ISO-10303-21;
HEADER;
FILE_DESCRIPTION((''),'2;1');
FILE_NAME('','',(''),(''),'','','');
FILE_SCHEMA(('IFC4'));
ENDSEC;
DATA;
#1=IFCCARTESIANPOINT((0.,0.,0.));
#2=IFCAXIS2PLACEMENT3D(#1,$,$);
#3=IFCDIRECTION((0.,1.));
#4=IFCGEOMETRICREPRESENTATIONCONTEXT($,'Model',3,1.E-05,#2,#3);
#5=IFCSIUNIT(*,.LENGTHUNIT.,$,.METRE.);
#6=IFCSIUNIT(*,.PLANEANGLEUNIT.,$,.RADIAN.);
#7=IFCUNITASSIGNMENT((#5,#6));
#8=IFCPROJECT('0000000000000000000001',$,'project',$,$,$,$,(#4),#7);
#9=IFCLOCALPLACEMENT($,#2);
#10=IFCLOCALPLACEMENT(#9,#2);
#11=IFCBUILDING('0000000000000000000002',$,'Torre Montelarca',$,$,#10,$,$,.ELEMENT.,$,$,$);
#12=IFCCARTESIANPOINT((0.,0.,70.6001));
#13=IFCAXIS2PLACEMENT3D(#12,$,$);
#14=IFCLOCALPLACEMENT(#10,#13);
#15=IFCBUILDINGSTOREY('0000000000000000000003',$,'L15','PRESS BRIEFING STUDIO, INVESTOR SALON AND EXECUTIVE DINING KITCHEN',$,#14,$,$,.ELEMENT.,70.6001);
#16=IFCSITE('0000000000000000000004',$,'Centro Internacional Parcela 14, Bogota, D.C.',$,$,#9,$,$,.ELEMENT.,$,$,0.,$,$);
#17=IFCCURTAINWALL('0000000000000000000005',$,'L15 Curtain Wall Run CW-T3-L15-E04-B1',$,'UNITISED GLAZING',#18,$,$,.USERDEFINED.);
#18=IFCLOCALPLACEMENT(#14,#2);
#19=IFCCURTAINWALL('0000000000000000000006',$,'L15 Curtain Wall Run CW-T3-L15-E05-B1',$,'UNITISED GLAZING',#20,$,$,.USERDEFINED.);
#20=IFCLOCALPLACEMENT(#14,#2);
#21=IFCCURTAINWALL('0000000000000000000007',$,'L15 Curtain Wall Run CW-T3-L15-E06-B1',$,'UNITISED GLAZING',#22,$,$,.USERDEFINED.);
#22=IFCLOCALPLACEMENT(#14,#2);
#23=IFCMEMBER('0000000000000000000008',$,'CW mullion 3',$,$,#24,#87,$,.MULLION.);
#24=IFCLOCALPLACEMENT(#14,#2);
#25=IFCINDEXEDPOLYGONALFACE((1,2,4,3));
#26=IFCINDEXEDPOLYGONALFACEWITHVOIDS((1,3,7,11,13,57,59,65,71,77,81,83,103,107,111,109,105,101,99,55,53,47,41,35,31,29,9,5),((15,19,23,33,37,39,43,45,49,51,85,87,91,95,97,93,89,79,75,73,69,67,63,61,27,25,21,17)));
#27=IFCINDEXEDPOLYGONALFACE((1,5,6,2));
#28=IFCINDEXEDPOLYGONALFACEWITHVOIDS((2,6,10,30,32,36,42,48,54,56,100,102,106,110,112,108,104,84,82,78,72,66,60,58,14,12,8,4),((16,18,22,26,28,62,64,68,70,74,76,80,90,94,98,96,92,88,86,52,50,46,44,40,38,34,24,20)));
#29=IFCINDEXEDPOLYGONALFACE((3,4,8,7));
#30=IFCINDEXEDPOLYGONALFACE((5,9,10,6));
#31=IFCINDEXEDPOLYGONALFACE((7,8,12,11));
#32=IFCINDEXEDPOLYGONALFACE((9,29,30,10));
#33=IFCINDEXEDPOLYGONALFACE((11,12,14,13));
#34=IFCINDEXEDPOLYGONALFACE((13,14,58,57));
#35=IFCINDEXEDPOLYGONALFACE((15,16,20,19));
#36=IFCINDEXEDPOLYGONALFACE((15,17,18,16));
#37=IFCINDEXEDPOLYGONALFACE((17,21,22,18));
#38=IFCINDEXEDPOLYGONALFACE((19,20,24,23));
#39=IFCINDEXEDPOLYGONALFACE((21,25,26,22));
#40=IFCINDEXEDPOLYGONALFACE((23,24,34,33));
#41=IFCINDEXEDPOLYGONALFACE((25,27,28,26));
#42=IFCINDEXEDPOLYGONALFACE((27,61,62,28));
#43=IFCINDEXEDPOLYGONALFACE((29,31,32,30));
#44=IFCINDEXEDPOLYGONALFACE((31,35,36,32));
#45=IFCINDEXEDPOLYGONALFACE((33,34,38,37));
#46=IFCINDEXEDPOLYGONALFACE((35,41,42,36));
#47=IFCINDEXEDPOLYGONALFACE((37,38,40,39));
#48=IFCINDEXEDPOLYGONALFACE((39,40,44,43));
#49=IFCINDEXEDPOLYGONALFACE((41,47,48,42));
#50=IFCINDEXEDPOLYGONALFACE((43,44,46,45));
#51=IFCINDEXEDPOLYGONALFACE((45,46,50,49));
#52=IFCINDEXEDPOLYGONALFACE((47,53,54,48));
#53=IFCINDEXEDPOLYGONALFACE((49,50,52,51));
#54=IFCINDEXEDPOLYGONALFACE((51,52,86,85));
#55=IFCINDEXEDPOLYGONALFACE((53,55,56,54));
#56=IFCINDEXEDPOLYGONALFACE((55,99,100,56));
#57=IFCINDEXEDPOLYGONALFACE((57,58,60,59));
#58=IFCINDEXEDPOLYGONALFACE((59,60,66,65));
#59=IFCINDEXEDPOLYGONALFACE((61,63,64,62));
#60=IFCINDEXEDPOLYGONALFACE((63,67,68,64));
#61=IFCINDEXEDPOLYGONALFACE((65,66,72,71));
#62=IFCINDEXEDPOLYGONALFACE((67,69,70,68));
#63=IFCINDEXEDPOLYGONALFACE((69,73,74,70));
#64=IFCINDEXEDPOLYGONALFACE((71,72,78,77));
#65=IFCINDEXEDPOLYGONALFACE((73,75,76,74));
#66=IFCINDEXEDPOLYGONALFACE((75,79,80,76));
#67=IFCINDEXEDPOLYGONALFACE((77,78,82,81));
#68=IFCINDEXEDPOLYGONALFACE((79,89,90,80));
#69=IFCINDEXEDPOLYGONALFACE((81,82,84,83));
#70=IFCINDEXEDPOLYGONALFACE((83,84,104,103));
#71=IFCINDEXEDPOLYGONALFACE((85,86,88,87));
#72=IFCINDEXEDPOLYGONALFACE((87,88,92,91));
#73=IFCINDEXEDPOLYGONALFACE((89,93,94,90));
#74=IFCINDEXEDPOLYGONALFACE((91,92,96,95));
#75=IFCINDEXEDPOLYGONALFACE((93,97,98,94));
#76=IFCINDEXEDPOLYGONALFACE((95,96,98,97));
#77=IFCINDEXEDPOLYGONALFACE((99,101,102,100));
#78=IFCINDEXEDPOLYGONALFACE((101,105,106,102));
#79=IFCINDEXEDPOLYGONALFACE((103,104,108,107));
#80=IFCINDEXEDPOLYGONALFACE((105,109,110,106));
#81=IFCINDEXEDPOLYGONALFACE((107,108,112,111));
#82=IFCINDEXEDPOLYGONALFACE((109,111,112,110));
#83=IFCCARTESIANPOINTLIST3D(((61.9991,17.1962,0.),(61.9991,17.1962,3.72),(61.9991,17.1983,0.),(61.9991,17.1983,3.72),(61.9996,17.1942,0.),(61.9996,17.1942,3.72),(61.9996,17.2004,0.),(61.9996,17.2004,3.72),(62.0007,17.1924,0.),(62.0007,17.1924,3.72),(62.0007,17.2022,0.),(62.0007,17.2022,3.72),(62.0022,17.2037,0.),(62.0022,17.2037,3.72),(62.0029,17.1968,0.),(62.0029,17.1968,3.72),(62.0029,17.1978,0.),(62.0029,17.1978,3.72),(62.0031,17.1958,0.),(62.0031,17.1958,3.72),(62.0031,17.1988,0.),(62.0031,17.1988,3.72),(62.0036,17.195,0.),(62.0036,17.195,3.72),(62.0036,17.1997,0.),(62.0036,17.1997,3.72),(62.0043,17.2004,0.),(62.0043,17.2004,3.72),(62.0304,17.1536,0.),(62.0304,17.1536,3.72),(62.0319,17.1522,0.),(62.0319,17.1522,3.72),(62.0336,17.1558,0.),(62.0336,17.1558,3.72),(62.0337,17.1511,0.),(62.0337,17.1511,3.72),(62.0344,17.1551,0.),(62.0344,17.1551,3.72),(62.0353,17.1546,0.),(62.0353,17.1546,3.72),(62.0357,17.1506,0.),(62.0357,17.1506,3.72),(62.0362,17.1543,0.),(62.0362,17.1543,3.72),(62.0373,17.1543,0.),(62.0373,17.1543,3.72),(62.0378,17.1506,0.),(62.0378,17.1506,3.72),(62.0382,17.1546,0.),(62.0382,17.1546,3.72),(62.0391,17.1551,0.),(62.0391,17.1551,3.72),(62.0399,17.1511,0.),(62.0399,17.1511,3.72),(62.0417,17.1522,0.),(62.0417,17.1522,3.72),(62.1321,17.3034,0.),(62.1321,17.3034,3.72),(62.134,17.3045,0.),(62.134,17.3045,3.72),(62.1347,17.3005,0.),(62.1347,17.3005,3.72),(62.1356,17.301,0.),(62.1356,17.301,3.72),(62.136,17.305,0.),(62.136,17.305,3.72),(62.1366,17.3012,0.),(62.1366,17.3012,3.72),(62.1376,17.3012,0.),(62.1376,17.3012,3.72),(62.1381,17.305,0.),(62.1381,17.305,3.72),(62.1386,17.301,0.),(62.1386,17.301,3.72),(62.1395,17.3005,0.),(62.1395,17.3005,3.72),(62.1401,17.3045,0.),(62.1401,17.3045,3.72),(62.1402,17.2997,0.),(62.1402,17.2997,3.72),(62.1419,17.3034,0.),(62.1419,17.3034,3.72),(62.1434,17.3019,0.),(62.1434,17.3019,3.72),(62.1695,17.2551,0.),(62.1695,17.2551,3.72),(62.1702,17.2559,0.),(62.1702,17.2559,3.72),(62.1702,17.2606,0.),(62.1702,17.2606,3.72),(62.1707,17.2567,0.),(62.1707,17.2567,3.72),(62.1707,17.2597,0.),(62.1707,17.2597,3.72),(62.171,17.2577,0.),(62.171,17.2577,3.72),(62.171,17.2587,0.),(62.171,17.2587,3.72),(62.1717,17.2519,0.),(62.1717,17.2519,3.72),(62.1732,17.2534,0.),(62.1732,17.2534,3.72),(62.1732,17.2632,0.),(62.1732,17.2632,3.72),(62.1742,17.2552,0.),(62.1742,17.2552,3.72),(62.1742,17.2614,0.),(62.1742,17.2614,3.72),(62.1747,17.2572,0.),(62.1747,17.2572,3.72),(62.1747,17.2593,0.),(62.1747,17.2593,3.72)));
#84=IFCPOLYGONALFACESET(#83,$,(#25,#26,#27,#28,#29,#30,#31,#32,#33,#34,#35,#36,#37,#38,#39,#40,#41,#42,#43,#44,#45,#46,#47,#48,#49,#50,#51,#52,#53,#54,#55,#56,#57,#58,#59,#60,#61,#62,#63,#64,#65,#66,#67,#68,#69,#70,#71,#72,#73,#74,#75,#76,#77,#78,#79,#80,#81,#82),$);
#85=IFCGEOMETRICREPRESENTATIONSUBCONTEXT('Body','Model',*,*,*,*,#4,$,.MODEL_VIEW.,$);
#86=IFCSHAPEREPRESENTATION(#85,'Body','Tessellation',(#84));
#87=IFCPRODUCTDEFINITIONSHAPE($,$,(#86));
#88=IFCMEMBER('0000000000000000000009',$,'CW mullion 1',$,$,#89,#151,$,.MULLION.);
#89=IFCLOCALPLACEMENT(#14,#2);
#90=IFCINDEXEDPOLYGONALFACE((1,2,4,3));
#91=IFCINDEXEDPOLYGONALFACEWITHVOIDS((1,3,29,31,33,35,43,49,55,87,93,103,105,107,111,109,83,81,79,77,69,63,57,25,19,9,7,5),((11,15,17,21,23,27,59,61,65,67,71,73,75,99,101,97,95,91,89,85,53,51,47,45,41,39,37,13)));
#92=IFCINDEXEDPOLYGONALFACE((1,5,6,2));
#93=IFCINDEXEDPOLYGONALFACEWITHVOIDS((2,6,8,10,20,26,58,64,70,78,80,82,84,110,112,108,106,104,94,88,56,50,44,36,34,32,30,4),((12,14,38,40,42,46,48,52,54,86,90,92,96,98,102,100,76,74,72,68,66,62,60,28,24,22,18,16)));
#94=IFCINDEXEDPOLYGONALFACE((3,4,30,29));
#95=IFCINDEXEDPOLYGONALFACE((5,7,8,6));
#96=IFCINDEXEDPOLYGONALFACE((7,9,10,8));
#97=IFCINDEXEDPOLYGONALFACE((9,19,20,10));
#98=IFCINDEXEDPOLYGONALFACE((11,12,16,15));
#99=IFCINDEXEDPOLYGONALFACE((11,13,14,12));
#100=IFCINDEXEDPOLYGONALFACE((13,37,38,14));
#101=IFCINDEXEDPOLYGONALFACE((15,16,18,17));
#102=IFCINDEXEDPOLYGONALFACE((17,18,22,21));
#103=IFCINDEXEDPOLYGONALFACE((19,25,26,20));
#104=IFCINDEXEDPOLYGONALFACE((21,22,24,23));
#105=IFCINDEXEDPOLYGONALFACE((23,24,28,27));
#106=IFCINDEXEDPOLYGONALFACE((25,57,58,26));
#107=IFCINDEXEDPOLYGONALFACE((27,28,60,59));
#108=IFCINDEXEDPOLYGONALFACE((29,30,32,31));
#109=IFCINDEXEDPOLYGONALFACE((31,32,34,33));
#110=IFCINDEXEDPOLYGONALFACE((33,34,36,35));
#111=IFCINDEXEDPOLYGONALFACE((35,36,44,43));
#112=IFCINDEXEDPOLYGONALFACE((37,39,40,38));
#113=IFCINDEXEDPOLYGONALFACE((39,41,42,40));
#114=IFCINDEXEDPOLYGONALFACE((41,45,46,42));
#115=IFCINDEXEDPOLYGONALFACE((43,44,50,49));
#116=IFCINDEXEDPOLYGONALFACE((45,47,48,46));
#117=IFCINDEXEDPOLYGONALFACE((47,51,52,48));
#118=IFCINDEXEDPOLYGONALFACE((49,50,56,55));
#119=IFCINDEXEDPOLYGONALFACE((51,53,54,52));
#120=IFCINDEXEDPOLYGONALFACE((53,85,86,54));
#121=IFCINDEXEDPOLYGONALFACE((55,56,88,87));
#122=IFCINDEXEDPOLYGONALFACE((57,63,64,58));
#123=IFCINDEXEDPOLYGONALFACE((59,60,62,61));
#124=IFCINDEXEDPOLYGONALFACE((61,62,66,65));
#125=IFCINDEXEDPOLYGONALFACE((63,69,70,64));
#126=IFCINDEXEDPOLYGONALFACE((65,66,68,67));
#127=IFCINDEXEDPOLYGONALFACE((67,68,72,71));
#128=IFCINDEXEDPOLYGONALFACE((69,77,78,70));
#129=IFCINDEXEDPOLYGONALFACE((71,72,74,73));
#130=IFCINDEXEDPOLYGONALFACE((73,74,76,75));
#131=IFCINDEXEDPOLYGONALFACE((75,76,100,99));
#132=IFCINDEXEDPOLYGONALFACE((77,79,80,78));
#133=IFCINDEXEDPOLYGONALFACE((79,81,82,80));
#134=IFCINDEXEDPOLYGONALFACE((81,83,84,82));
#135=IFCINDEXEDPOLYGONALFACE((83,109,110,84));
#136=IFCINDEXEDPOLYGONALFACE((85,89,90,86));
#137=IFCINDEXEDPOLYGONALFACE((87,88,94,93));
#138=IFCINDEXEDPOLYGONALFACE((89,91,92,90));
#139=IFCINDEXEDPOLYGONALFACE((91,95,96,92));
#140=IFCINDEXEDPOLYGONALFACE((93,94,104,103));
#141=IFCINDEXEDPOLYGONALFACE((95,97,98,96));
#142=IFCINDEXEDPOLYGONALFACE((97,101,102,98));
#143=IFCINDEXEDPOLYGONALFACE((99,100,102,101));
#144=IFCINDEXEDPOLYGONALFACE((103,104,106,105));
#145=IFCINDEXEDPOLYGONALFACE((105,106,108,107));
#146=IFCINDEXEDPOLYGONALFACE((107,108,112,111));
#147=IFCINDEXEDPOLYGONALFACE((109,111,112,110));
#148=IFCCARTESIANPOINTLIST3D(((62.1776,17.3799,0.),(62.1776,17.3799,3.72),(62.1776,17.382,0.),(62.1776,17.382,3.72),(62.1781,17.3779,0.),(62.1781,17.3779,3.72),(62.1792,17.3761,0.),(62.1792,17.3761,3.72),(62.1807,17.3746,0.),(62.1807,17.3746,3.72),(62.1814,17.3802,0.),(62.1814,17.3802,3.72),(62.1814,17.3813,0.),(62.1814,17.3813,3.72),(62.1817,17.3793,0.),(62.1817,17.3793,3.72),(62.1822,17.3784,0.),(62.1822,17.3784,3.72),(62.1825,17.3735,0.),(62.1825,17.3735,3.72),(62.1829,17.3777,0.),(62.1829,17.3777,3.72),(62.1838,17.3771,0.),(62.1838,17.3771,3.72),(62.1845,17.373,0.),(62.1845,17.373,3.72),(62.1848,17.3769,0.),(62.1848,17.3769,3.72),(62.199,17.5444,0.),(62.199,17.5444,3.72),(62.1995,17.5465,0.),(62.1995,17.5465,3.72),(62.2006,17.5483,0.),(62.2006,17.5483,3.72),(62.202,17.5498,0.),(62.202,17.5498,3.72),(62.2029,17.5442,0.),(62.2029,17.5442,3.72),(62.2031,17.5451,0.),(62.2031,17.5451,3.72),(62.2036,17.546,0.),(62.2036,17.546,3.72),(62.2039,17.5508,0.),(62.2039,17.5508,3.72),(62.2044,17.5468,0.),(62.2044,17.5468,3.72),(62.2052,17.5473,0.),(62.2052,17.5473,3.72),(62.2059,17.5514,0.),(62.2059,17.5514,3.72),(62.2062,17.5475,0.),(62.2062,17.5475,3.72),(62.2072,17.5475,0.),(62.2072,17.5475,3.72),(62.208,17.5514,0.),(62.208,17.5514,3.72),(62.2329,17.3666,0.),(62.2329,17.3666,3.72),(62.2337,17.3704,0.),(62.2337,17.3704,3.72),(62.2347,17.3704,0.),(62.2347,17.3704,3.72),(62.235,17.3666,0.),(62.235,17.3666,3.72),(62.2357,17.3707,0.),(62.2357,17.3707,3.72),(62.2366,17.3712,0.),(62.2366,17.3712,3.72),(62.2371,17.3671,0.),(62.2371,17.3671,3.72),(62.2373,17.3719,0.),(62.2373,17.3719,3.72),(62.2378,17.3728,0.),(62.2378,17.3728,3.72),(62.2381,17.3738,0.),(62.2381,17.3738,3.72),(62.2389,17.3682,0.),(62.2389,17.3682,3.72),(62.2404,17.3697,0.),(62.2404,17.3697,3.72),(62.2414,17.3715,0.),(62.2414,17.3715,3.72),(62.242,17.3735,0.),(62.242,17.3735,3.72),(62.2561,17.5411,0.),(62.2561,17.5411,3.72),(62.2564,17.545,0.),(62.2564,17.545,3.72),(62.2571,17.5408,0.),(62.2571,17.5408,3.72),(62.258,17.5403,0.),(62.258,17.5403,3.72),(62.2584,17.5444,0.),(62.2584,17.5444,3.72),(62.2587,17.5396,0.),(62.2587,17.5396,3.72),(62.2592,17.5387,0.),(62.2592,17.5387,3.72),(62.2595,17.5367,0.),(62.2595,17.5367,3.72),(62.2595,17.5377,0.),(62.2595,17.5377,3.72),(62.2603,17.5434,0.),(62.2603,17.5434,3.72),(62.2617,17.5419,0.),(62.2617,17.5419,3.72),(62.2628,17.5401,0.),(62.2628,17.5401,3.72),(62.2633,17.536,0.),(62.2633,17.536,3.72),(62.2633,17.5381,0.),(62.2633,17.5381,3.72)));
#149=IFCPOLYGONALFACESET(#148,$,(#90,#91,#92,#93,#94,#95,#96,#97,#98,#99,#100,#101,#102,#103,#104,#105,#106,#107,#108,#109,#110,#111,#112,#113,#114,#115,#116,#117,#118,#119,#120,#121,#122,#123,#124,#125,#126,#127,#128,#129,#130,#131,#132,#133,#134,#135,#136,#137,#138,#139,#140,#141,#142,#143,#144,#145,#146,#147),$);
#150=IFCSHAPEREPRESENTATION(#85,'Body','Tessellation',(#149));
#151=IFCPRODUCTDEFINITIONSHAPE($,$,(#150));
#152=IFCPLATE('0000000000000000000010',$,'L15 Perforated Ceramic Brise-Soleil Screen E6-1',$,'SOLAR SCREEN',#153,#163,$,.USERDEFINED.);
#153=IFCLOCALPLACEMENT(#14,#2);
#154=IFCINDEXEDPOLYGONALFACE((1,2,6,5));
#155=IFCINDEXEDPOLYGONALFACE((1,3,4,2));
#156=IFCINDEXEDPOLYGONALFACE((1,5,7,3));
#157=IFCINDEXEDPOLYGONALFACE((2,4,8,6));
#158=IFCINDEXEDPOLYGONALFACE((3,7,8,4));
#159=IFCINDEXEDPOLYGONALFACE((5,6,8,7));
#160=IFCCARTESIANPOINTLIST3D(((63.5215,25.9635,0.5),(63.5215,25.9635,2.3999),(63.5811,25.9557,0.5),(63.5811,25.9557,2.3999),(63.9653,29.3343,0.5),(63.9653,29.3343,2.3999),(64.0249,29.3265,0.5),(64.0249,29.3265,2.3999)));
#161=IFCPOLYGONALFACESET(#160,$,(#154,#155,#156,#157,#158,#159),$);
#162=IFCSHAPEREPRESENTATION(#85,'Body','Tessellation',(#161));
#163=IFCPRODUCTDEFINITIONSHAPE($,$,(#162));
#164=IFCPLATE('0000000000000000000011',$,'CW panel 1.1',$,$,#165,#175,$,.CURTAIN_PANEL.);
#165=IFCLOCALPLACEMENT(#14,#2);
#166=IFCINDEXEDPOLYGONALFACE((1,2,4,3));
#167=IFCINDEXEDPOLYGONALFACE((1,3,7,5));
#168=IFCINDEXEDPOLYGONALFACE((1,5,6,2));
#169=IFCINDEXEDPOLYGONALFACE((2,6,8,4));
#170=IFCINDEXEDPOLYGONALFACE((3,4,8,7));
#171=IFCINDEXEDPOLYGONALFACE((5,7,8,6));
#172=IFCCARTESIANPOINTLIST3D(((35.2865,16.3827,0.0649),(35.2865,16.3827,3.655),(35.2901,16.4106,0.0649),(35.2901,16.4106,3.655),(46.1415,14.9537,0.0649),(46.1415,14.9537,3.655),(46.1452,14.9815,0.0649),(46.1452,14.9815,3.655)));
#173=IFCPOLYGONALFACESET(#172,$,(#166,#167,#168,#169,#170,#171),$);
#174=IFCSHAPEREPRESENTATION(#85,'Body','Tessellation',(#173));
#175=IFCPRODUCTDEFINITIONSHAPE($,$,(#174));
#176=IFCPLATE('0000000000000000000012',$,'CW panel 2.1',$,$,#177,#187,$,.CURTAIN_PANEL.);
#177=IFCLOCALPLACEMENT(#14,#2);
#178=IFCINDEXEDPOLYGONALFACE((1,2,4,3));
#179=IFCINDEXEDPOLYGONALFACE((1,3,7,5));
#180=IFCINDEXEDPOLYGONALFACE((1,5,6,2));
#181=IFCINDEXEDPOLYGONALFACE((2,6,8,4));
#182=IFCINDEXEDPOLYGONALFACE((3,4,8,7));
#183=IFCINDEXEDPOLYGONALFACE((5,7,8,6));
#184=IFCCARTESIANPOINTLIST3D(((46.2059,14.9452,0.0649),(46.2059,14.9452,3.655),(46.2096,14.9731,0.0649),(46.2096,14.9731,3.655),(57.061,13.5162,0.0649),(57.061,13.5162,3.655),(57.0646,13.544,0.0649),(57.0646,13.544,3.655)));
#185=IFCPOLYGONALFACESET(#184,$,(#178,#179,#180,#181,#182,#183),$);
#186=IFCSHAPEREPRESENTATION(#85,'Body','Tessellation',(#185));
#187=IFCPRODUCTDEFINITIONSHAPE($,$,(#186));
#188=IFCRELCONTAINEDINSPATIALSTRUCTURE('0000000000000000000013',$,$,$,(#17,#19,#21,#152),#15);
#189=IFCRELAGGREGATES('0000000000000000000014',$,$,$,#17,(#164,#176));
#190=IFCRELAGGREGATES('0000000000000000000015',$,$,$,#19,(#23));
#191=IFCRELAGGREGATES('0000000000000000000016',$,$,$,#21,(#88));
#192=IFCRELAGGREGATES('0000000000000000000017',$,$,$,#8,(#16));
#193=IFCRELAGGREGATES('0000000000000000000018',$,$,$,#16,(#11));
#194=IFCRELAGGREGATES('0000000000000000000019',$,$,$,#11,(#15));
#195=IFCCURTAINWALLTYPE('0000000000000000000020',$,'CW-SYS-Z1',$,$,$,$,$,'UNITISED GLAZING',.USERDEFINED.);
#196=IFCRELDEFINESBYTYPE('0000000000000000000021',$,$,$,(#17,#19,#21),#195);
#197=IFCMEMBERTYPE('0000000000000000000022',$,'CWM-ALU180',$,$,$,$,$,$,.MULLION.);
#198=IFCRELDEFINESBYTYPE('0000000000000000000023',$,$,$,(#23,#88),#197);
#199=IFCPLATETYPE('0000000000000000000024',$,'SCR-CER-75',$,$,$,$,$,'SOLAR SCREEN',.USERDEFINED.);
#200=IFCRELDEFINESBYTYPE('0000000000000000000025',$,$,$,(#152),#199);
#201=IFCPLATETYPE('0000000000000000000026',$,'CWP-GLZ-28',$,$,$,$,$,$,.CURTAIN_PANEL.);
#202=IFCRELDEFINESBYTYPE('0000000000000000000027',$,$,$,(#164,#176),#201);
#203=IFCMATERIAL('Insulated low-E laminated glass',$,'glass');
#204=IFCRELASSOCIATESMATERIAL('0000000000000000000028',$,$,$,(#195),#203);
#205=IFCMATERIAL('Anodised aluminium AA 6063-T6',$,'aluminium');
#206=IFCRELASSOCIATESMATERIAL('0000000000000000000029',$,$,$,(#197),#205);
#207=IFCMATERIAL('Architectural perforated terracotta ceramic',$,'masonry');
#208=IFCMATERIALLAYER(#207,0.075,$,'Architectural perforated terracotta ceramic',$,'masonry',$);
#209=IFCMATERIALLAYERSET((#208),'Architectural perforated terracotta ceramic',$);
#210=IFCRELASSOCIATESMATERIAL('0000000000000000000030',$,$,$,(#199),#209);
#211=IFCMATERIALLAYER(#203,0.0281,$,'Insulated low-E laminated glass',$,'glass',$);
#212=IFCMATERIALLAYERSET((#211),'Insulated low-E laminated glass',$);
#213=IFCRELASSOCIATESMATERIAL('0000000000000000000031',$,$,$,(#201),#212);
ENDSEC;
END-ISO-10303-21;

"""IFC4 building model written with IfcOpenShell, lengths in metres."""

from ifc_helpers import new_model, si_unit, direction, frame, origin, origin_2d, place, context, subcontext, project, spatial, rectangle, hollow_rectangle, extrude, source, transform, mapped, material, layer, layer_set, material_profile, profile_set, type_object, element, aggregate, save


model = new_model("IFC4")

# Units and contexts
model_context = context("Model", 3, precision=1e-05, world=origin(), true_north=direction((0.0, 1.0)))
body_context = subcontext(model_context, "Body", "Model", "MODEL_VIEW")
ifc_project = project(units=[si_unit("LENGTHUNIT", "METRE"), si_unit("PLANEANGLEUNIT", "RADIAN")], contexts=[model_context])

# Site, building, storey
site_placement = place(None, origin())
site = spatial("IfcSite", under=ifc_project, at=site_placement, Name="Centro Internacional Parcela 14, Bogota, D.C.", CompositionType="ELEMENT", RefElevation=0.0)
building_placement = place(site_placement, origin())
building = spatial("IfcBuilding", under=site, at=building_placement, Name="Torre Montelarca", CompositionType="ELEMENT")
storey_placement = place(building_placement, frame((0.0, 0.0, 70.6001)))
storey = spatial("IfcBuildingStorey", under=building, at=storey_placement, Name="L15", Description="PRESS BRIEFING STUDIO, INVESTOR SALON AND EXECUTIVE DINING KITCHEN", CompositionType="ELEMENT", Elevation=70.6001)

# Curtain walls
ifc_material_1 = material(Name="Insulated low-E laminated glass", Category="glass")
curtain_wall_type = type_object("IfcCurtainWallType", Name="CW-SYS-Z1", ElementType="UNITISED GLAZING", PredefinedType="USERDEFINED", material=ifc_material_1)
curtain_wall_1_placement = place(storey_placement, origin())
curtain_wall_1 = element("IfcCurtainWall", 1, at=curtain_wall_1_placement, inside=storey, type_object=curtain_wall_type, Name="L15 Curtain Wall Run CW-T3-L15-E04-B1", ObjectType="UNITISED GLAZING", PredefinedType="USERDEFINED")
ifc_material_2 = material(Name="Anodised aluminium AA 6063-T6", Category="aluminium")
curtain_wall_2_placement = place(storey_placement, origin())
curtain_wall_2 = element("IfcCurtainWall", 2, at=curtain_wall_2_placement, inside=storey, type_object=curtain_wall_type, Name="L15 Curtain Wall Run CW-T3-L15-E05-B1", ObjectType="UNITISED GLAZING", PredefinedType="USERDEFINED")
curtain_wall_3_placement = place(storey_placement, origin())
curtain_wall_3 = element("IfcCurtainWall", 3, at=curtain_wall_3_placement, inside=storey, type_object=curtain_wall_type, Name="L15 Curtain Wall Run CW-T3-L15-E06-B1", ObjectType="UNITISED GLAZING", PredefinedType="USERDEFINED")

# Members
ifc_material_profile_1 = material_profile(ifc_material_2, hollow_rectangle(XDim=0.0649, YDim=0.1799, WallThickness=0.0039, InnerFilletRadius=0.0039, OuterFilletRadius=0.0081, at=origin_2d()), Name="ALU65X180X4", Category="aluminium")
ifc_profile_set_1 = profile_set([ifc_material_profile_1], Name="Anodised aluminium AA 6063-T6")
member_type_1 = type_object("IfcMemberType", Name="CWM-ALU180", PredefinedType="MULLION", material=ifc_profile_set_1)
shared_shape_1 = source(origin(), body_context, "Body", "SweptSolid", [
    extrude(hollow_rectangle(XDim=0.0649, YDim=0.1799, WallThickness=0.0039, InnerFilletRadius=0.0039, OuterFilletRadius=0.0081, at=origin_2d()), origin(), (0.0, 0.0, 1.0), 3.72),
])
member_1_placement = place(storey_placement, frame((62.0869, 17.2278, 0.0), z_axis=(0.0, 0.0, 1.0), x_axis=(-0.608764, 0.793351, 0.0)))
member_1 = element("IfcMember", 4, at=member_1_placement, type_object=member_type_1, Name="CW mullion 3", PredefinedType="MULLION", context=body_context, shape_type="MappedRepresentation", body=[
    mapped(shared_shape_1, transform((0.0, 0.0, 0.0), scale=1.0)),
])
member_2_placement = place(storey_placement, frame((62.2205, 17.459, 0.0), z_axis=(0.0, 0.0, 1.0), x_axis=(-0.991446, 0.130519, 0.0)))
member_2 = element("IfcMember", 5, at=member_2_placement, type_object=member_type_1, Name="CW mullion 1", PredefinedType="MULLION", context=body_context, shape_type="MappedRepresentation", body=[
    mapped(shared_shape_1, transform((0.0, 0.0, 0.0), scale=1.0)),
])

# Plates
ifc_material_3 = material(Name="Architectural perforated terracotta ceramic", Category="masonry")
ifc_layer_1 = layer(ifc_material_3, 0.075, Name="Architectural perforated terracotta ceramic", Category="masonry")
ifc_layer_set_1 = layer_set([ifc_layer_1], Name="Architectural perforated terracotta ceramic")
plate_type_1 = type_object("IfcPlateType", Name="SCR-CER-75", ElementType="SOLAR SCREEN", PredefinedType="USERDEFINED", material=ifc_layer_set_1)
shared_shape_2 = source(origin(), body_context, "Body", "SweptSolid", [
    extrude(rectangle(XDim=3.3999, YDim=0.0601, at=origin_2d()), origin(), (0.0, 0.0, 1.0), 1.8999),
])
plate_1_placement = place(storey_placement, frame((63.7732, 27.645, 0.5), z_axis=(0.0, 0.0, 1.0), x_axis=(0.130524, 0.991445, 0.0)))
element("IfcPlate", 6, at=plate_1_placement, inside=storey, type_object=plate_type_1, Name="L15 Perforated Ceramic Brise-Soleil Screen E6-1", ObjectType="SOLAR SCREEN", PredefinedType="USERDEFINED", context=body_context, shape_type="MappedRepresentation", body=[
    mapped(shared_shape_2, transform((0.0, 0.0, 0.0), scale=1.0)),
])
ifc_layer_2 = layer(ifc_material_1, 0.0281, Name="Insulated low-E laminated glass", Category="glass")
ifc_layer_set_2 = layer_set([ifc_layer_2], Name="Insulated low-E laminated glass")
plate_type_2 = type_object("IfcPlateType", Name="CWP-GLZ-28", PredefinedType="CURTAIN_PANEL", material=ifc_layer_set_2)
shared_shape_3 = source(origin(), body_context, "Body", "SweptSolid", [
    extrude(rectangle(XDim=10.9487, YDim=0.0281, at=origin_2d()), origin(), (0.0, 0.0, 1.0), 3.5901),
])
plate_2_placement = place(storey_placement, frame((40.7158, 15.6821, 0.0649), z_axis=(0.0, 0.0, 1.0), x_axis=(0.991446, -0.130521, 0.0)))
plate_2 = element("IfcPlate", 7, at=plate_2_placement, type_object=plate_type_2, Name="CW panel 1.1", PredefinedType="CURTAIN_PANEL", context=body_context, shape_type="MappedRepresentation", body=[
    mapped(shared_shape_3, transform((0.0, 0.0, 0.0), scale=1.0)),
])
plate_3_placement = place(storey_placement, frame((51.6353, 14.2446, 0.0649), z_axis=(0.0, 0.0, 1.0), x_axis=(0.991446, -0.130521, 0.0)))
plate_3 = element("IfcPlate", 8, at=plate_3_placement, type_object=plate_type_2, Name="CW panel 2.1", PredefinedType="CURTAIN_PANEL", context=body_context, shape_type="MappedRepresentation", body=[
    mapped(shared_shape_3, transform((0.0, 0.0, 0.0), scale=1.0)),
])
aggregate(curtain_wall_1, [plate_2, plate_3])
aggregate(curtain_wall_2, [member_1])
aggregate(curtain_wall_3, [member_2])

save(model, "model.ifc")
